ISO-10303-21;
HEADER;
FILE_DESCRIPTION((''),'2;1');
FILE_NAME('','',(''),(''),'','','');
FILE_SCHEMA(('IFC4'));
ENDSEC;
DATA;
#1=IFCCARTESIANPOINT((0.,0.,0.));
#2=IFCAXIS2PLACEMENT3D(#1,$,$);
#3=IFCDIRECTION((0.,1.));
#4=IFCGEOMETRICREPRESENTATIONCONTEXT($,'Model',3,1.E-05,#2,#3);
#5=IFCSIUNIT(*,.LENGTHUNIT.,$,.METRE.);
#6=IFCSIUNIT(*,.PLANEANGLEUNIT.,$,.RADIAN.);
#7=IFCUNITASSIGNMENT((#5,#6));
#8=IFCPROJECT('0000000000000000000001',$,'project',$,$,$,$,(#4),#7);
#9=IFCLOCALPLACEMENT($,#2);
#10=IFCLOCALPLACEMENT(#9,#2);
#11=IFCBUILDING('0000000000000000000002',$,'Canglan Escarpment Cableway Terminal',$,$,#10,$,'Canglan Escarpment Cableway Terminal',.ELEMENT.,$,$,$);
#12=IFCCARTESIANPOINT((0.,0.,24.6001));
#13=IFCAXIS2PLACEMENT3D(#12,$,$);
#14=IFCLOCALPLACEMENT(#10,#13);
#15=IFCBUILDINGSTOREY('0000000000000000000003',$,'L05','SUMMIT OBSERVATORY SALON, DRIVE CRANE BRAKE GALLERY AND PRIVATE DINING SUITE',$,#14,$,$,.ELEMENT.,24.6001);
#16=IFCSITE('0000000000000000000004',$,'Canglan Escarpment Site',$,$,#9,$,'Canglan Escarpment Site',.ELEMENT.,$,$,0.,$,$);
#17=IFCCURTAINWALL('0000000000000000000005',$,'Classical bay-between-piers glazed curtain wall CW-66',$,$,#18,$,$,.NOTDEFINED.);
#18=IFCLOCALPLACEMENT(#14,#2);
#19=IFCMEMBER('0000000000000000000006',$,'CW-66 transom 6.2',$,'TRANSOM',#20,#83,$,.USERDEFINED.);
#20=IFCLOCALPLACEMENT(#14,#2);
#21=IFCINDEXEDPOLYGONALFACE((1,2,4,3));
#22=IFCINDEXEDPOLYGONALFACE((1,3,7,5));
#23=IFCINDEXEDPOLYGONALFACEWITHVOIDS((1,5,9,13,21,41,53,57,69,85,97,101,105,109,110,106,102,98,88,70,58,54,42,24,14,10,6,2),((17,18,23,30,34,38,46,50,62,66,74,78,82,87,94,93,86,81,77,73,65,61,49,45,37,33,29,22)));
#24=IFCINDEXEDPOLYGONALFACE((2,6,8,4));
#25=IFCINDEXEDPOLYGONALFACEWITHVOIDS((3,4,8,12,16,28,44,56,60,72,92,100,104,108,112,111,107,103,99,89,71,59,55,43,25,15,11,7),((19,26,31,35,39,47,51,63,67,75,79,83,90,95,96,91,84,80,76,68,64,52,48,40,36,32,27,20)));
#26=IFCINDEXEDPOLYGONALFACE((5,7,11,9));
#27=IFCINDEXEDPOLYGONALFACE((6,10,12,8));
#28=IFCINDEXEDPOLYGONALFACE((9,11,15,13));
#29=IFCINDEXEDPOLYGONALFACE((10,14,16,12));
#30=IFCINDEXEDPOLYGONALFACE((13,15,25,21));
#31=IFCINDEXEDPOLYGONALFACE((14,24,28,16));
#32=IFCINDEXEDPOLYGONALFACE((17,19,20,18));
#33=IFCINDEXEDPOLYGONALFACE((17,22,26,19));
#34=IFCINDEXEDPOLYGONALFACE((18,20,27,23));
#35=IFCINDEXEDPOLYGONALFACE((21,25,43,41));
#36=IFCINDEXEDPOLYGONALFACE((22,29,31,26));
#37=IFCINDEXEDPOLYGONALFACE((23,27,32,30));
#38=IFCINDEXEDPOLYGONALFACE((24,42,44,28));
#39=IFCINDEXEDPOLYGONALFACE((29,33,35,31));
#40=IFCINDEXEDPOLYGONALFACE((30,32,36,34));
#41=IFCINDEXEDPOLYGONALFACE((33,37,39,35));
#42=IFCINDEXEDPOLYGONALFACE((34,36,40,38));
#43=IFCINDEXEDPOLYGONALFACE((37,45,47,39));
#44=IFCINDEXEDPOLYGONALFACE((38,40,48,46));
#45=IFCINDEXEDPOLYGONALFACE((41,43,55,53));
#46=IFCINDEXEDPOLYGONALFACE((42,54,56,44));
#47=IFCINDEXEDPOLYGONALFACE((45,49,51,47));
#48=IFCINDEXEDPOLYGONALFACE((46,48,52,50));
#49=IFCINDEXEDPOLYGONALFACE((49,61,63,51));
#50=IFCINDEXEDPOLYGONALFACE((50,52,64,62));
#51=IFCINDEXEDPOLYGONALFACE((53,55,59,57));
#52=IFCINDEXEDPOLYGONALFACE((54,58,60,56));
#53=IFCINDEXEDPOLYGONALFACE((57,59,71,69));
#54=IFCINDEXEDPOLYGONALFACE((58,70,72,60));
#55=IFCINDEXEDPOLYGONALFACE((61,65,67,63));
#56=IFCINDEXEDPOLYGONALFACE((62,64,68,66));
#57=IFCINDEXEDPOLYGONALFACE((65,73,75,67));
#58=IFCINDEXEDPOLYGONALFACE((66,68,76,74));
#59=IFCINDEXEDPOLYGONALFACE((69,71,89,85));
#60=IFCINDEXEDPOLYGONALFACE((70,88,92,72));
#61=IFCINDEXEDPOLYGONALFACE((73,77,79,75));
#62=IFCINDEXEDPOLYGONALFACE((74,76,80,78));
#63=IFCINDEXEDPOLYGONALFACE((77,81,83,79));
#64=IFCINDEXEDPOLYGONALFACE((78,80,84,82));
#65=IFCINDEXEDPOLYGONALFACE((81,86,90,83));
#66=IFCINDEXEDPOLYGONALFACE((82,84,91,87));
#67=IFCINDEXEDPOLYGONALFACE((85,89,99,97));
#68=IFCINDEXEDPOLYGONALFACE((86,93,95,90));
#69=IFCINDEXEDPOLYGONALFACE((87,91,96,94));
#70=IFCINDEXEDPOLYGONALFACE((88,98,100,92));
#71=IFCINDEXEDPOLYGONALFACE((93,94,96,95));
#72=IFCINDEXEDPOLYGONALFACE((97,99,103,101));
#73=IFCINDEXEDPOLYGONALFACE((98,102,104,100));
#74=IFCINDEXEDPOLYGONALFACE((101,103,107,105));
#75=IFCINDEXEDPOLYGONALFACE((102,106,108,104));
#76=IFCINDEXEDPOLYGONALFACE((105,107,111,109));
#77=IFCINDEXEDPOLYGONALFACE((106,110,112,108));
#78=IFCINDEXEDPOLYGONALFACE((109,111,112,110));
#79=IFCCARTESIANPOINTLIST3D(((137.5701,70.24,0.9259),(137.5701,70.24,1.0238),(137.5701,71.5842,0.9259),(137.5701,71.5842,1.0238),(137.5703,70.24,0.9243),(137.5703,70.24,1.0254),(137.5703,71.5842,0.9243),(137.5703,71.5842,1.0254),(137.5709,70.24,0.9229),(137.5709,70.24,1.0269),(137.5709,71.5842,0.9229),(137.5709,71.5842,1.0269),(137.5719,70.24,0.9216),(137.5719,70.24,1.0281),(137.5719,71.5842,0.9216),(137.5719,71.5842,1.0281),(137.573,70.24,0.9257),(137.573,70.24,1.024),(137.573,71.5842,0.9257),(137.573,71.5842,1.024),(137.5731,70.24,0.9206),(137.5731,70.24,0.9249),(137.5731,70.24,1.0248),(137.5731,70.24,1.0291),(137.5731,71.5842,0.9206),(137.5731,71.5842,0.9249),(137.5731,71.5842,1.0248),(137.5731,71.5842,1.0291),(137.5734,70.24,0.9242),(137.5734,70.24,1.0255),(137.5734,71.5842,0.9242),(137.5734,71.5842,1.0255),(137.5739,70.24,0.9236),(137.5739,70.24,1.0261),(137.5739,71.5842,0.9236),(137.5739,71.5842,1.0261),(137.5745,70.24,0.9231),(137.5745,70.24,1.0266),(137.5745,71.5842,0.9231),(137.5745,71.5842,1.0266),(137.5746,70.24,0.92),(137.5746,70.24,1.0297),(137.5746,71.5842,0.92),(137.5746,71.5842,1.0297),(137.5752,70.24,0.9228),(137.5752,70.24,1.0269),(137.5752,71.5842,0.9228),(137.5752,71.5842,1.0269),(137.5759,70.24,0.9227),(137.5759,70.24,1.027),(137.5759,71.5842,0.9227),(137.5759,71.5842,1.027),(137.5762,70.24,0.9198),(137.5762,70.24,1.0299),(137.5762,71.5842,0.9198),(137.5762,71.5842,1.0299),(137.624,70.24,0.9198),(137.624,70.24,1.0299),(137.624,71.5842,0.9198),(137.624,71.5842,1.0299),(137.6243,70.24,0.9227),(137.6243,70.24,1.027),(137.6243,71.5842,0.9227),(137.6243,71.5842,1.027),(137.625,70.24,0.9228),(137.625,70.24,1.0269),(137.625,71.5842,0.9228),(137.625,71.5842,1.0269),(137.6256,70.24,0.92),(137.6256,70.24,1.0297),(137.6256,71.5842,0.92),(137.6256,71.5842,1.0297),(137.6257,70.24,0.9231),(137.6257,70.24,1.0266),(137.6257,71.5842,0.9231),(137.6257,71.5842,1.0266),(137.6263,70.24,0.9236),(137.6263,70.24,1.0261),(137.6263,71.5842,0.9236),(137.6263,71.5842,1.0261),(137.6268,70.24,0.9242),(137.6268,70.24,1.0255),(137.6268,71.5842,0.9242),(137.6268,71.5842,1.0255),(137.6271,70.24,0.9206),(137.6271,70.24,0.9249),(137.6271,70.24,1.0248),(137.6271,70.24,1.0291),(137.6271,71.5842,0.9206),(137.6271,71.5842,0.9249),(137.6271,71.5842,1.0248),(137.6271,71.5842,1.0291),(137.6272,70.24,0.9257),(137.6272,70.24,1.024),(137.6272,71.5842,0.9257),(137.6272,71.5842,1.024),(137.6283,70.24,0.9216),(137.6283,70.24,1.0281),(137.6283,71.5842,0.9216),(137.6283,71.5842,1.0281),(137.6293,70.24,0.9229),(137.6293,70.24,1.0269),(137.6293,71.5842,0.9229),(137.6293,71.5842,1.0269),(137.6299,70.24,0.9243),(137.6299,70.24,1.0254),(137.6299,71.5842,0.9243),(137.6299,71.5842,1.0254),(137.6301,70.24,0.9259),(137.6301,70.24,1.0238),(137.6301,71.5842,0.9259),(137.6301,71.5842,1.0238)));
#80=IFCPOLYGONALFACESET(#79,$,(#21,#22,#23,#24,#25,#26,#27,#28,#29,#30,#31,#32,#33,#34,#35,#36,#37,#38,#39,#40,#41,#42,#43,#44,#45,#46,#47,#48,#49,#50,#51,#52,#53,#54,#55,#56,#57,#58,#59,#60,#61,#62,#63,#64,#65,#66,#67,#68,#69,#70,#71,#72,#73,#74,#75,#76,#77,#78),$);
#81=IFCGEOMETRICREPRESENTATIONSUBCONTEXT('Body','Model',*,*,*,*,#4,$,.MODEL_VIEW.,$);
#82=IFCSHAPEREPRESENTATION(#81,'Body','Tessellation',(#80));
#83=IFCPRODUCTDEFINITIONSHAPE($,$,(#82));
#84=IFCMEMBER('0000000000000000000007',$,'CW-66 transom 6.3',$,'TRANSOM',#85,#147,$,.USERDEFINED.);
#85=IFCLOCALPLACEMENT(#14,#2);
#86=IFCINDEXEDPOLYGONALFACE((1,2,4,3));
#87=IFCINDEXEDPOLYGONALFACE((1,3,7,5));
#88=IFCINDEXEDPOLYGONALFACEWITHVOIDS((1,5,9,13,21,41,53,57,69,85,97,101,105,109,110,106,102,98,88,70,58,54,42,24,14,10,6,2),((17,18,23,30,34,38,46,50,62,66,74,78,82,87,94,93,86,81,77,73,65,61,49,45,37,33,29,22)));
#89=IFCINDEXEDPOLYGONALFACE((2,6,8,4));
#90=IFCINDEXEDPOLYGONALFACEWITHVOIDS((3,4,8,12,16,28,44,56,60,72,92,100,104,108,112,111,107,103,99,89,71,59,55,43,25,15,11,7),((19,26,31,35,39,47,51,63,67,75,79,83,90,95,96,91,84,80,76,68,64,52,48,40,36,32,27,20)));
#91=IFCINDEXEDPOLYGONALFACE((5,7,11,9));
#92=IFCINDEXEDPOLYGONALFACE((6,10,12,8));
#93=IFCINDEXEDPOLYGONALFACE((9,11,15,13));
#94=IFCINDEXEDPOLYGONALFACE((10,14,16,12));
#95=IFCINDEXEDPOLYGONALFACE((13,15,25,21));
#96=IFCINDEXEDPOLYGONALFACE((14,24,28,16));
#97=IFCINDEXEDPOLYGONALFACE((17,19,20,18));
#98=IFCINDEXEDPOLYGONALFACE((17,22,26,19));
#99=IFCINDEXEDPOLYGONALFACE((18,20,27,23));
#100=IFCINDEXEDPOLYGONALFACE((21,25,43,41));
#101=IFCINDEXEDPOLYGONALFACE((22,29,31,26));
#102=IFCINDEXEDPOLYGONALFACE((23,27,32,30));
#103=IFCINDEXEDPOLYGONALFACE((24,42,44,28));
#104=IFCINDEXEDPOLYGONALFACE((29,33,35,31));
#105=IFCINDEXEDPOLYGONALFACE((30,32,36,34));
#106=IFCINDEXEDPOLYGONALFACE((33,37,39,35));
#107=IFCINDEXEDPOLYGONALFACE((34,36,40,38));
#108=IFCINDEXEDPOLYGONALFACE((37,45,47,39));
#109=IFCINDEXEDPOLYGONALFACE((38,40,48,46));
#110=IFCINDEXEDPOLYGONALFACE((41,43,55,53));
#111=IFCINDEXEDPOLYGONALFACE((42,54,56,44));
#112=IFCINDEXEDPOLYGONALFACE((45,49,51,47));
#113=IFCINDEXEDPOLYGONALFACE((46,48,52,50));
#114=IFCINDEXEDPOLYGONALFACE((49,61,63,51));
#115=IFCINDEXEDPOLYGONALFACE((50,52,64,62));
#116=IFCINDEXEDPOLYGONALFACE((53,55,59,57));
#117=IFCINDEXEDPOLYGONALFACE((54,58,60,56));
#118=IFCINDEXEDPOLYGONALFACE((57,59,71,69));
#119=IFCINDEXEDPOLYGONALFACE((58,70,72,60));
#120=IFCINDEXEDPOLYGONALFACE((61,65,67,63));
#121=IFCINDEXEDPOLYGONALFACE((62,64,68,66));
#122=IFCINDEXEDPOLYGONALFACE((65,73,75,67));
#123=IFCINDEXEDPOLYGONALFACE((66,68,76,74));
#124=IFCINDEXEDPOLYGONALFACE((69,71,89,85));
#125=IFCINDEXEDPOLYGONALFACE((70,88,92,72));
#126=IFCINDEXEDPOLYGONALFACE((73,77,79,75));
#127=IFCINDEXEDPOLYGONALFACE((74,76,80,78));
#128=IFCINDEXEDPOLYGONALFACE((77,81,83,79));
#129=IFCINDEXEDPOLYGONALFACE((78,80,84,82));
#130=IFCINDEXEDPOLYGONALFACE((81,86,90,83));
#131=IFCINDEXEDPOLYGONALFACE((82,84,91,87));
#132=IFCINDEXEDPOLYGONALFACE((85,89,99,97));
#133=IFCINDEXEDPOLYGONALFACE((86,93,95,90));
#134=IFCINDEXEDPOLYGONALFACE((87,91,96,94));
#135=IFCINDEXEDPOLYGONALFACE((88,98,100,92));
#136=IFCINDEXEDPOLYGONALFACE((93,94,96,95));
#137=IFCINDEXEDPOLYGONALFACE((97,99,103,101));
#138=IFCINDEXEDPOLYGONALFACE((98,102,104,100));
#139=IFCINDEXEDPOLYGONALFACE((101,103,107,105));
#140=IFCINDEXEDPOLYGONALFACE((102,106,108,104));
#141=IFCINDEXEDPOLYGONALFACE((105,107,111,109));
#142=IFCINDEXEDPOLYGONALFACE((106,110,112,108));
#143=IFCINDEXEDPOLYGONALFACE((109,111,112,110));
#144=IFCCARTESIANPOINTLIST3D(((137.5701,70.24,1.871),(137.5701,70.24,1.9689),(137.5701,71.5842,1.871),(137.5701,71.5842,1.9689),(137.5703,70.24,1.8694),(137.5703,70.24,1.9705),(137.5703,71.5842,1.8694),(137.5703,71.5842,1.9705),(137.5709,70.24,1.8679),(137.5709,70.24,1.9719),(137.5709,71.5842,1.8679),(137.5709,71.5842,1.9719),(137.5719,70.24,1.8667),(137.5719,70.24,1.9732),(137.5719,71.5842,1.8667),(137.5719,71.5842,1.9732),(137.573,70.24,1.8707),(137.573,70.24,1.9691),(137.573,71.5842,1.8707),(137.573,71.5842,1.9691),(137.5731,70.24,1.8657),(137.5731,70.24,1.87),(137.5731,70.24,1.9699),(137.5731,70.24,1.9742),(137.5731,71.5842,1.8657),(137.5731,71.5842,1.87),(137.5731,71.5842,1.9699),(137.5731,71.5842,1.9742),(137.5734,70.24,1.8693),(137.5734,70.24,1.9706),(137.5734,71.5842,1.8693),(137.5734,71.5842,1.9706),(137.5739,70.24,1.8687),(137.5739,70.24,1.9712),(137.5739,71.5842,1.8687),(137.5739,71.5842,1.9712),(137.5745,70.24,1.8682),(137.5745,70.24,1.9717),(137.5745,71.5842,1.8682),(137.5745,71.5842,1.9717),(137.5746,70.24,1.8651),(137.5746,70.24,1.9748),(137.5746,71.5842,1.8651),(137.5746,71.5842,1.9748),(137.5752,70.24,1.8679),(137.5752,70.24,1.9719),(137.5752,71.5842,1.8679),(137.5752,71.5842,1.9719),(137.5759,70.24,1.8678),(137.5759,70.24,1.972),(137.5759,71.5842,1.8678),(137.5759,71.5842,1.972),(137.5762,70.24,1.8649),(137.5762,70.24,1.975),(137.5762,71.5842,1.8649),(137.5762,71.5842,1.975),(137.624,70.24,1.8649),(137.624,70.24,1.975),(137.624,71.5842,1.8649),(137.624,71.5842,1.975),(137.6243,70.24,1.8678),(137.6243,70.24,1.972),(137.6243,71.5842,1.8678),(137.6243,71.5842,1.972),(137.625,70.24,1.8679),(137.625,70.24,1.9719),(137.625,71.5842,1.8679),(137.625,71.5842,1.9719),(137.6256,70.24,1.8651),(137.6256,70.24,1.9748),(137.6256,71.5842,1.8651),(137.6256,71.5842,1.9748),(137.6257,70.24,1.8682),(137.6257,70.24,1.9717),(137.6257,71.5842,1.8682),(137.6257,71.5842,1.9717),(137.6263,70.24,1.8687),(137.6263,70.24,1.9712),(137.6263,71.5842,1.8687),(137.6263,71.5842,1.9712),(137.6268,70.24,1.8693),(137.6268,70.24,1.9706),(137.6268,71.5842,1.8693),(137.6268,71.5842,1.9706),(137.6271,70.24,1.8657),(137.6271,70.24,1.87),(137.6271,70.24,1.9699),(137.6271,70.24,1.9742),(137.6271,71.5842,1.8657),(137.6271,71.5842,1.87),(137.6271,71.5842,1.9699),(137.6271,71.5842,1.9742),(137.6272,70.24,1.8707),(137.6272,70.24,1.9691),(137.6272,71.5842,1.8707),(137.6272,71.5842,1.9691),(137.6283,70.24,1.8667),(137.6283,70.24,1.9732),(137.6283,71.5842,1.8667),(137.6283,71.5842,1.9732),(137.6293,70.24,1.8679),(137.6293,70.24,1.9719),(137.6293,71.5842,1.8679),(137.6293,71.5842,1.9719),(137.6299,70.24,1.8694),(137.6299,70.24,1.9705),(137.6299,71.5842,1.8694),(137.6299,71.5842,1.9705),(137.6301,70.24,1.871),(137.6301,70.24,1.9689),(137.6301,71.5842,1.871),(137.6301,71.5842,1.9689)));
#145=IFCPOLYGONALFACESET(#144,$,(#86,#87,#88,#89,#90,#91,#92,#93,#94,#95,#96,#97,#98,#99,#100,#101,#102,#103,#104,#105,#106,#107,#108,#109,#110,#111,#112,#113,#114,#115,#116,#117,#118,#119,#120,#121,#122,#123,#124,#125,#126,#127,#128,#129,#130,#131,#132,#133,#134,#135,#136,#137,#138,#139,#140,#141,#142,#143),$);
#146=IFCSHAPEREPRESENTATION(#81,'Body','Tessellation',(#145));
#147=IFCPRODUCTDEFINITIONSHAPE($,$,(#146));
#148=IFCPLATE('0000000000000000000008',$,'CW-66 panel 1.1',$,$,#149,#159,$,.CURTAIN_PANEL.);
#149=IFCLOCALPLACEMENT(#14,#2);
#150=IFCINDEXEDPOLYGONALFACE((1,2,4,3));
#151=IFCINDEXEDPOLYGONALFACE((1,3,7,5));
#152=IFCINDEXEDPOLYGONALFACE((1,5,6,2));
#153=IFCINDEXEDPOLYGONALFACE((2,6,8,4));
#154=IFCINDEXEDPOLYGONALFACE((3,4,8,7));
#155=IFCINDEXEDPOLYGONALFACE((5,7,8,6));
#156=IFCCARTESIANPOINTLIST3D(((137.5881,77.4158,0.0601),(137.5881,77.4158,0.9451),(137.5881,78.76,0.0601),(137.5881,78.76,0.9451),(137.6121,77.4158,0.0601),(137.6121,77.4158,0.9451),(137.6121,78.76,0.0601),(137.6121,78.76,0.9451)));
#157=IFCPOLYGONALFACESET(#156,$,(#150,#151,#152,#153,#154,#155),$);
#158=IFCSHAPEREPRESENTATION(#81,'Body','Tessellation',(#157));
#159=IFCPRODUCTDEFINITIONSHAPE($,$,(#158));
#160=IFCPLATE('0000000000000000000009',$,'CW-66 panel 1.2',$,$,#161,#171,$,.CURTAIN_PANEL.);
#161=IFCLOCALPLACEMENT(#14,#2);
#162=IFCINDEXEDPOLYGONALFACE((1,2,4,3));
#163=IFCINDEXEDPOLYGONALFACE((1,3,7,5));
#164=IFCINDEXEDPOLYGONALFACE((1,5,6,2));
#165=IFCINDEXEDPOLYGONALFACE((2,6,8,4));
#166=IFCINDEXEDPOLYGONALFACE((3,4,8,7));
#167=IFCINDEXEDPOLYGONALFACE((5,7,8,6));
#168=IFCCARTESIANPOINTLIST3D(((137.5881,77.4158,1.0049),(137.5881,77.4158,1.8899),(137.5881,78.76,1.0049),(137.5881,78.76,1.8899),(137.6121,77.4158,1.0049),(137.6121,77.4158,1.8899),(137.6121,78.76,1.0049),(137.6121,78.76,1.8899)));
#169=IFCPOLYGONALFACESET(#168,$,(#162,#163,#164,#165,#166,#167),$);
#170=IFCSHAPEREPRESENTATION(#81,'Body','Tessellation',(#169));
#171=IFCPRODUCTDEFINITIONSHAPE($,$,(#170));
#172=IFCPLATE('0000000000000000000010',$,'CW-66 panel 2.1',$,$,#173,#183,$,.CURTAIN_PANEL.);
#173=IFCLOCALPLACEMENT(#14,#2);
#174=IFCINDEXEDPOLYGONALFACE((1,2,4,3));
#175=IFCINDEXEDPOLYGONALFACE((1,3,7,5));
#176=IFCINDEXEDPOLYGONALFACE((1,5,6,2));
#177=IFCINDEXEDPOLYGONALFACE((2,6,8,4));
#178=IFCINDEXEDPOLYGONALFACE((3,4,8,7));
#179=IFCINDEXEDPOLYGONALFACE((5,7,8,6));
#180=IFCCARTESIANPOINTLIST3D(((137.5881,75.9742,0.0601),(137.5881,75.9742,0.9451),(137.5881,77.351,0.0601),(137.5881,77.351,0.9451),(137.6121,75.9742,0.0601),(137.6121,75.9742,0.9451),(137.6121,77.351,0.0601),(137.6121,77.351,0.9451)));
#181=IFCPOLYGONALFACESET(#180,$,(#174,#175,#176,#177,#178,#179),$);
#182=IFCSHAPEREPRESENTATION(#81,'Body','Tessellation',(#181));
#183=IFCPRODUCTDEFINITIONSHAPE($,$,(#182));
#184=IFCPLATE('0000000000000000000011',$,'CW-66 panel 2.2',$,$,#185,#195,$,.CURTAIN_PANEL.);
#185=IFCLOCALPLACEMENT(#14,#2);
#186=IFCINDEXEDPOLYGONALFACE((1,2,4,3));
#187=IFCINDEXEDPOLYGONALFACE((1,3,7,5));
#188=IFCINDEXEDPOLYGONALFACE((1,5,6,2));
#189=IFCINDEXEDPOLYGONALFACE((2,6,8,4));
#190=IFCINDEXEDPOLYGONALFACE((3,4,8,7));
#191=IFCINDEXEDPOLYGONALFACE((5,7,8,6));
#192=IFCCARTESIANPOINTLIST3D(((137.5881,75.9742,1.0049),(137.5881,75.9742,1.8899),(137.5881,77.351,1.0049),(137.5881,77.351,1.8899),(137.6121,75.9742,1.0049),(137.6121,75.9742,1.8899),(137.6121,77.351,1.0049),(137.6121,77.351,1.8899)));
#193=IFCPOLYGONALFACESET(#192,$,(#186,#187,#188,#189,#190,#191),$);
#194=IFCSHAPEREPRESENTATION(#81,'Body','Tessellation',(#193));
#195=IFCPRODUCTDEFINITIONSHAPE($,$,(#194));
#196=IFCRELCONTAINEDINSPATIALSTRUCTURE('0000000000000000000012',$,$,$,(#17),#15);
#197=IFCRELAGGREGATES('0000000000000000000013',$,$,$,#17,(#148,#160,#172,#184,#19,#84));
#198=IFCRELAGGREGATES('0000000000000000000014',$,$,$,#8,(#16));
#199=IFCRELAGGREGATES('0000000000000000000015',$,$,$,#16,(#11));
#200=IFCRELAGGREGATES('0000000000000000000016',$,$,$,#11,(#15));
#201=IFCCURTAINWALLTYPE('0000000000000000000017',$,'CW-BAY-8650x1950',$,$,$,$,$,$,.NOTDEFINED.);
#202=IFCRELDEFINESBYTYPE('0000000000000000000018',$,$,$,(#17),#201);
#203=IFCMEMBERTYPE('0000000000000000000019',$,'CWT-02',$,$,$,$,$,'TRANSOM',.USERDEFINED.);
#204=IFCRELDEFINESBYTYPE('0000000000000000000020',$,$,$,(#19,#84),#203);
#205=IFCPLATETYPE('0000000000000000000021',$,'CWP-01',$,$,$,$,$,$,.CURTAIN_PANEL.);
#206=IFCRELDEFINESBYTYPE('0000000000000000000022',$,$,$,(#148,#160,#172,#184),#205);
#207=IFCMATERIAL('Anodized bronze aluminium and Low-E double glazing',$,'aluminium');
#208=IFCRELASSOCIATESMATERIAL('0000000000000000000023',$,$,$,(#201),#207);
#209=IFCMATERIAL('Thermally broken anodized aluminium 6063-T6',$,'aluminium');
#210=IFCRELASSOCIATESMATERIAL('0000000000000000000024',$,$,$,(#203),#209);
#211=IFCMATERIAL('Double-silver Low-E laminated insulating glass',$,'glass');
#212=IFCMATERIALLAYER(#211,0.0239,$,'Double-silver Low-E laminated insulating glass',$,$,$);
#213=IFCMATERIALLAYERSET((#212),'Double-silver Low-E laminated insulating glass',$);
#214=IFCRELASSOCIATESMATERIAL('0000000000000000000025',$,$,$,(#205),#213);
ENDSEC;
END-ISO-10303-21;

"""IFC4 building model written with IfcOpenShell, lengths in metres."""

from ifc_helpers import new_model, si_unit, direction, frame, origin, origin_2d, place, context, subcontext, project, spatial, rectangle, hollow_rectangle, extrude, material, layer, layer_set, material_profile, profile_set, type_object, element, aggregate, save


model = new_model("IFC4")

# Units and contexts
model_context = context("Model", 3, precision=1e-05, world=origin(), true_north=direction((0.0, 1.0)))
body_context = subcontext(model_context, "Body", "Model", "MODEL_VIEW")
ifc_project = project(units=[si_unit("LENGTHUNIT", "METRE"), si_unit("PLANEANGLEUNIT", "RADIAN")], contexts=[model_context])

# Site, building, storey
site_placement = place(None, origin())
site = spatial("IfcSite", under=ifc_project, at=site_placement, Name="Canglan Escarpment Site", LongName="Canglan Escarpment Site", CompositionType="ELEMENT", RefElevation=0.0)
building_placement = place(site_placement, origin())
building = spatial("IfcBuilding", under=site, at=building_placement, Name="Canglan Escarpment Cableway Terminal", LongName="Canglan Escarpment Cableway Terminal", CompositionType="ELEMENT")
storey_placement = place(building_placement, frame((0.0, 0.0, 24.6001)))
storey = spatial("IfcBuildingStorey", under=building, at=storey_placement, Name="L05", Description="SUMMIT OBSERVATORY SALON, DRIVE CRANE BRAKE GALLERY AND PRIVATE DINING SUITE", CompositionType="ELEMENT", Elevation=24.6001)

# Shared definitions
ifc_material_1 = material(Name="Anodized bronze aluminium and Low-E double glazing", Category="aluminium")
curtain_wall_type = type_object("IfcCurtainWallType", Name="CW-BAY-8650x1950", PredefinedType="NOTDEFINED", material=ifc_material_1)
ifc_material_2 = material(Name="Thermally broken anodized aluminium 6063-T6", Category="aluminium")

# Curtain wall
curtain_wall_1_placement = place(storey_placement, origin())
curtain_wall_1 = element("IfcCurtainWall", 1, at=curtain_wall_1_placement, inside=storey, type_object=curtain_wall_type, Name="Classical bay-between-piers glazed curtain wall CW-66", PredefinedType="NOTDEFINED")

# Members
ifc_material_profile_1 = material_profile(ifc_material_2, hollow_rectangle(XDim=0.0601, YDim=0.1101, WallThickness=0.0029, InnerFilletRadius=0.0029, OuterFilletRadius=0.0061, at=origin_2d()), Name="ALU-TRAN 60x110x3")
ifc_profile_set_1 = profile_set([ifc_material_profile_1], Name="Thermally broken anodized aluminium 6063-T6")
member_type_1 = type_object("IfcMemberType", Name="CWT-02", ElementType="TRANSOM", PredefinedType="USERDEFINED", material=ifc_profile_set_1)
member_1_placement = place(storey_placement, frame((137.6001, 71.5842, 0.9749), z_axis=(0.0, -1.0, 0.0), x_axis=(1.0, 0.0, 0.0)))
member_1 = element("IfcMember", 2, at=member_1_placement, type_object=member_type_1, Name="CW-66 transom 6.2", ObjectType="TRANSOM", PredefinedType="USERDEFINED", context=body_context, shape_type="SweptSolid", body=[
    extrude(hollow_rectangle(XDim=0.0601, YDim=0.1101, WallThickness=0.0029, InnerFilletRadius=0.0029, OuterFilletRadius=0.0061, at=origin_2d()), origin(), (0.0, 0.0, 1.0), 1.3442),
])
member_2_placement = place(storey_placement, frame((137.6001, 71.5842, 1.9199), z_axis=(0.0, -1.0, 0.0), x_axis=(1.0, 0.0, 0.0)))
member_2 = element("IfcMember", 3, at=member_2_placement, type_object=member_type_1, Name="CW-66 transom 6.3", ObjectType="TRANSOM", PredefinedType="USERDEFINED", context=body_context, shape_type="SweptSolid", body=[
    extrude(hollow_rectangle(XDim=0.0601, YDim=0.1101, WallThickness=0.0029, InnerFilletRadius=0.0029, OuterFilletRadius=0.0061, at=origin_2d()), origin(), (0.0, 0.0, 1.0), 1.3442),
])

# Plates
ifc_material_3 = material(Name="Double-silver Low-E laminated insulating glass", Category="glass")
ifc_layer = layer(ifc_material_3, 0.0239, Name="Double-silver Low-E laminated insulating glass")
ifc_layer_set = layer_set([ifc_layer], Name="Double-silver Low-E laminated insulating glass")
plate_type = type_object("IfcPlateType", Name="CWP-01", PredefinedType="CURTAIN_PANEL", material=ifc_layer_set)
plate_1_placement = place(storey_placement, frame((137.6001, 78.0879, 0.0601), z_axis=(0.0, 0.0, 1.0), x_axis=(0.0, -1.0, 0.0)))
plate_1 = element("IfcPlate", 4, at=plate_1_placement, type_object=plate_type, Name="CW-66 panel 1.1", PredefinedType="CURTAIN_PANEL", context=body_context, shape_type="SweptSolid", body=[
    extrude(rectangle(XDim=1.3442, YDim=0.0239, at=origin_2d()), origin(), (0.0, 0.0, 1.0), 0.885),
])
plate_2_placement = place(storey_placement, frame((137.6001, 78.0879, 1.0049), z_axis=(0.0, 0.0, 1.0), x_axis=(0.0, -1.0, 0.0)))
plate_2 = element("IfcPlate", 5, at=plate_2_placement, type_object=plate_type, Name="CW-66 panel 1.2", PredefinedType="CURTAIN_PANEL", context=body_context, shape_type="SweptSolid", body=[
    extrude(rectangle(XDim=1.3442, YDim=0.0239, at=origin_2d()), origin(), (0.0, 0.0, 1.0), 0.885),
])
plate_3_placement = place(storey_placement, frame((137.6001, 76.6626, 0.0601), z_axis=(0.0, 0.0, 1.0), x_axis=(0.0, -1.0, 0.0)))
plate_3 = element("IfcPlate", 6, at=plate_3_placement, type_object=plate_type, Name="CW-66 panel 2.1", PredefinedType="CURTAIN_PANEL", context=body_context, shape_type="SweptSolid", body=[
    extrude(rectangle(XDim=1.3767, YDim=0.0239, at=origin_2d()), origin(), (0.0, 0.0, 1.0), 0.885),
])
plate_4_placement = place(storey_placement, frame((137.6001, 76.6626, 1.0049), z_axis=(0.0, 0.0, 1.0), x_axis=(0.0, -1.0, 0.0)))
plate_4 = element("IfcPlate", 7, at=plate_4_placement, type_object=plate_type, Name="CW-66 panel 2.2", PredefinedType="CURTAIN_PANEL", context=body_context, shape_type="SweptSolid", body=[
    extrude(rectangle(XDim=1.3767, YDim=0.0239, at=origin_2d()), origin(), (0.0, 0.0, 1.0), 0.885),
])
aggregate(curtain_wall_1, [plate_1, plate_2, plate_3, plate_4, member_1, member_2])

save(model, "model.ifc")
